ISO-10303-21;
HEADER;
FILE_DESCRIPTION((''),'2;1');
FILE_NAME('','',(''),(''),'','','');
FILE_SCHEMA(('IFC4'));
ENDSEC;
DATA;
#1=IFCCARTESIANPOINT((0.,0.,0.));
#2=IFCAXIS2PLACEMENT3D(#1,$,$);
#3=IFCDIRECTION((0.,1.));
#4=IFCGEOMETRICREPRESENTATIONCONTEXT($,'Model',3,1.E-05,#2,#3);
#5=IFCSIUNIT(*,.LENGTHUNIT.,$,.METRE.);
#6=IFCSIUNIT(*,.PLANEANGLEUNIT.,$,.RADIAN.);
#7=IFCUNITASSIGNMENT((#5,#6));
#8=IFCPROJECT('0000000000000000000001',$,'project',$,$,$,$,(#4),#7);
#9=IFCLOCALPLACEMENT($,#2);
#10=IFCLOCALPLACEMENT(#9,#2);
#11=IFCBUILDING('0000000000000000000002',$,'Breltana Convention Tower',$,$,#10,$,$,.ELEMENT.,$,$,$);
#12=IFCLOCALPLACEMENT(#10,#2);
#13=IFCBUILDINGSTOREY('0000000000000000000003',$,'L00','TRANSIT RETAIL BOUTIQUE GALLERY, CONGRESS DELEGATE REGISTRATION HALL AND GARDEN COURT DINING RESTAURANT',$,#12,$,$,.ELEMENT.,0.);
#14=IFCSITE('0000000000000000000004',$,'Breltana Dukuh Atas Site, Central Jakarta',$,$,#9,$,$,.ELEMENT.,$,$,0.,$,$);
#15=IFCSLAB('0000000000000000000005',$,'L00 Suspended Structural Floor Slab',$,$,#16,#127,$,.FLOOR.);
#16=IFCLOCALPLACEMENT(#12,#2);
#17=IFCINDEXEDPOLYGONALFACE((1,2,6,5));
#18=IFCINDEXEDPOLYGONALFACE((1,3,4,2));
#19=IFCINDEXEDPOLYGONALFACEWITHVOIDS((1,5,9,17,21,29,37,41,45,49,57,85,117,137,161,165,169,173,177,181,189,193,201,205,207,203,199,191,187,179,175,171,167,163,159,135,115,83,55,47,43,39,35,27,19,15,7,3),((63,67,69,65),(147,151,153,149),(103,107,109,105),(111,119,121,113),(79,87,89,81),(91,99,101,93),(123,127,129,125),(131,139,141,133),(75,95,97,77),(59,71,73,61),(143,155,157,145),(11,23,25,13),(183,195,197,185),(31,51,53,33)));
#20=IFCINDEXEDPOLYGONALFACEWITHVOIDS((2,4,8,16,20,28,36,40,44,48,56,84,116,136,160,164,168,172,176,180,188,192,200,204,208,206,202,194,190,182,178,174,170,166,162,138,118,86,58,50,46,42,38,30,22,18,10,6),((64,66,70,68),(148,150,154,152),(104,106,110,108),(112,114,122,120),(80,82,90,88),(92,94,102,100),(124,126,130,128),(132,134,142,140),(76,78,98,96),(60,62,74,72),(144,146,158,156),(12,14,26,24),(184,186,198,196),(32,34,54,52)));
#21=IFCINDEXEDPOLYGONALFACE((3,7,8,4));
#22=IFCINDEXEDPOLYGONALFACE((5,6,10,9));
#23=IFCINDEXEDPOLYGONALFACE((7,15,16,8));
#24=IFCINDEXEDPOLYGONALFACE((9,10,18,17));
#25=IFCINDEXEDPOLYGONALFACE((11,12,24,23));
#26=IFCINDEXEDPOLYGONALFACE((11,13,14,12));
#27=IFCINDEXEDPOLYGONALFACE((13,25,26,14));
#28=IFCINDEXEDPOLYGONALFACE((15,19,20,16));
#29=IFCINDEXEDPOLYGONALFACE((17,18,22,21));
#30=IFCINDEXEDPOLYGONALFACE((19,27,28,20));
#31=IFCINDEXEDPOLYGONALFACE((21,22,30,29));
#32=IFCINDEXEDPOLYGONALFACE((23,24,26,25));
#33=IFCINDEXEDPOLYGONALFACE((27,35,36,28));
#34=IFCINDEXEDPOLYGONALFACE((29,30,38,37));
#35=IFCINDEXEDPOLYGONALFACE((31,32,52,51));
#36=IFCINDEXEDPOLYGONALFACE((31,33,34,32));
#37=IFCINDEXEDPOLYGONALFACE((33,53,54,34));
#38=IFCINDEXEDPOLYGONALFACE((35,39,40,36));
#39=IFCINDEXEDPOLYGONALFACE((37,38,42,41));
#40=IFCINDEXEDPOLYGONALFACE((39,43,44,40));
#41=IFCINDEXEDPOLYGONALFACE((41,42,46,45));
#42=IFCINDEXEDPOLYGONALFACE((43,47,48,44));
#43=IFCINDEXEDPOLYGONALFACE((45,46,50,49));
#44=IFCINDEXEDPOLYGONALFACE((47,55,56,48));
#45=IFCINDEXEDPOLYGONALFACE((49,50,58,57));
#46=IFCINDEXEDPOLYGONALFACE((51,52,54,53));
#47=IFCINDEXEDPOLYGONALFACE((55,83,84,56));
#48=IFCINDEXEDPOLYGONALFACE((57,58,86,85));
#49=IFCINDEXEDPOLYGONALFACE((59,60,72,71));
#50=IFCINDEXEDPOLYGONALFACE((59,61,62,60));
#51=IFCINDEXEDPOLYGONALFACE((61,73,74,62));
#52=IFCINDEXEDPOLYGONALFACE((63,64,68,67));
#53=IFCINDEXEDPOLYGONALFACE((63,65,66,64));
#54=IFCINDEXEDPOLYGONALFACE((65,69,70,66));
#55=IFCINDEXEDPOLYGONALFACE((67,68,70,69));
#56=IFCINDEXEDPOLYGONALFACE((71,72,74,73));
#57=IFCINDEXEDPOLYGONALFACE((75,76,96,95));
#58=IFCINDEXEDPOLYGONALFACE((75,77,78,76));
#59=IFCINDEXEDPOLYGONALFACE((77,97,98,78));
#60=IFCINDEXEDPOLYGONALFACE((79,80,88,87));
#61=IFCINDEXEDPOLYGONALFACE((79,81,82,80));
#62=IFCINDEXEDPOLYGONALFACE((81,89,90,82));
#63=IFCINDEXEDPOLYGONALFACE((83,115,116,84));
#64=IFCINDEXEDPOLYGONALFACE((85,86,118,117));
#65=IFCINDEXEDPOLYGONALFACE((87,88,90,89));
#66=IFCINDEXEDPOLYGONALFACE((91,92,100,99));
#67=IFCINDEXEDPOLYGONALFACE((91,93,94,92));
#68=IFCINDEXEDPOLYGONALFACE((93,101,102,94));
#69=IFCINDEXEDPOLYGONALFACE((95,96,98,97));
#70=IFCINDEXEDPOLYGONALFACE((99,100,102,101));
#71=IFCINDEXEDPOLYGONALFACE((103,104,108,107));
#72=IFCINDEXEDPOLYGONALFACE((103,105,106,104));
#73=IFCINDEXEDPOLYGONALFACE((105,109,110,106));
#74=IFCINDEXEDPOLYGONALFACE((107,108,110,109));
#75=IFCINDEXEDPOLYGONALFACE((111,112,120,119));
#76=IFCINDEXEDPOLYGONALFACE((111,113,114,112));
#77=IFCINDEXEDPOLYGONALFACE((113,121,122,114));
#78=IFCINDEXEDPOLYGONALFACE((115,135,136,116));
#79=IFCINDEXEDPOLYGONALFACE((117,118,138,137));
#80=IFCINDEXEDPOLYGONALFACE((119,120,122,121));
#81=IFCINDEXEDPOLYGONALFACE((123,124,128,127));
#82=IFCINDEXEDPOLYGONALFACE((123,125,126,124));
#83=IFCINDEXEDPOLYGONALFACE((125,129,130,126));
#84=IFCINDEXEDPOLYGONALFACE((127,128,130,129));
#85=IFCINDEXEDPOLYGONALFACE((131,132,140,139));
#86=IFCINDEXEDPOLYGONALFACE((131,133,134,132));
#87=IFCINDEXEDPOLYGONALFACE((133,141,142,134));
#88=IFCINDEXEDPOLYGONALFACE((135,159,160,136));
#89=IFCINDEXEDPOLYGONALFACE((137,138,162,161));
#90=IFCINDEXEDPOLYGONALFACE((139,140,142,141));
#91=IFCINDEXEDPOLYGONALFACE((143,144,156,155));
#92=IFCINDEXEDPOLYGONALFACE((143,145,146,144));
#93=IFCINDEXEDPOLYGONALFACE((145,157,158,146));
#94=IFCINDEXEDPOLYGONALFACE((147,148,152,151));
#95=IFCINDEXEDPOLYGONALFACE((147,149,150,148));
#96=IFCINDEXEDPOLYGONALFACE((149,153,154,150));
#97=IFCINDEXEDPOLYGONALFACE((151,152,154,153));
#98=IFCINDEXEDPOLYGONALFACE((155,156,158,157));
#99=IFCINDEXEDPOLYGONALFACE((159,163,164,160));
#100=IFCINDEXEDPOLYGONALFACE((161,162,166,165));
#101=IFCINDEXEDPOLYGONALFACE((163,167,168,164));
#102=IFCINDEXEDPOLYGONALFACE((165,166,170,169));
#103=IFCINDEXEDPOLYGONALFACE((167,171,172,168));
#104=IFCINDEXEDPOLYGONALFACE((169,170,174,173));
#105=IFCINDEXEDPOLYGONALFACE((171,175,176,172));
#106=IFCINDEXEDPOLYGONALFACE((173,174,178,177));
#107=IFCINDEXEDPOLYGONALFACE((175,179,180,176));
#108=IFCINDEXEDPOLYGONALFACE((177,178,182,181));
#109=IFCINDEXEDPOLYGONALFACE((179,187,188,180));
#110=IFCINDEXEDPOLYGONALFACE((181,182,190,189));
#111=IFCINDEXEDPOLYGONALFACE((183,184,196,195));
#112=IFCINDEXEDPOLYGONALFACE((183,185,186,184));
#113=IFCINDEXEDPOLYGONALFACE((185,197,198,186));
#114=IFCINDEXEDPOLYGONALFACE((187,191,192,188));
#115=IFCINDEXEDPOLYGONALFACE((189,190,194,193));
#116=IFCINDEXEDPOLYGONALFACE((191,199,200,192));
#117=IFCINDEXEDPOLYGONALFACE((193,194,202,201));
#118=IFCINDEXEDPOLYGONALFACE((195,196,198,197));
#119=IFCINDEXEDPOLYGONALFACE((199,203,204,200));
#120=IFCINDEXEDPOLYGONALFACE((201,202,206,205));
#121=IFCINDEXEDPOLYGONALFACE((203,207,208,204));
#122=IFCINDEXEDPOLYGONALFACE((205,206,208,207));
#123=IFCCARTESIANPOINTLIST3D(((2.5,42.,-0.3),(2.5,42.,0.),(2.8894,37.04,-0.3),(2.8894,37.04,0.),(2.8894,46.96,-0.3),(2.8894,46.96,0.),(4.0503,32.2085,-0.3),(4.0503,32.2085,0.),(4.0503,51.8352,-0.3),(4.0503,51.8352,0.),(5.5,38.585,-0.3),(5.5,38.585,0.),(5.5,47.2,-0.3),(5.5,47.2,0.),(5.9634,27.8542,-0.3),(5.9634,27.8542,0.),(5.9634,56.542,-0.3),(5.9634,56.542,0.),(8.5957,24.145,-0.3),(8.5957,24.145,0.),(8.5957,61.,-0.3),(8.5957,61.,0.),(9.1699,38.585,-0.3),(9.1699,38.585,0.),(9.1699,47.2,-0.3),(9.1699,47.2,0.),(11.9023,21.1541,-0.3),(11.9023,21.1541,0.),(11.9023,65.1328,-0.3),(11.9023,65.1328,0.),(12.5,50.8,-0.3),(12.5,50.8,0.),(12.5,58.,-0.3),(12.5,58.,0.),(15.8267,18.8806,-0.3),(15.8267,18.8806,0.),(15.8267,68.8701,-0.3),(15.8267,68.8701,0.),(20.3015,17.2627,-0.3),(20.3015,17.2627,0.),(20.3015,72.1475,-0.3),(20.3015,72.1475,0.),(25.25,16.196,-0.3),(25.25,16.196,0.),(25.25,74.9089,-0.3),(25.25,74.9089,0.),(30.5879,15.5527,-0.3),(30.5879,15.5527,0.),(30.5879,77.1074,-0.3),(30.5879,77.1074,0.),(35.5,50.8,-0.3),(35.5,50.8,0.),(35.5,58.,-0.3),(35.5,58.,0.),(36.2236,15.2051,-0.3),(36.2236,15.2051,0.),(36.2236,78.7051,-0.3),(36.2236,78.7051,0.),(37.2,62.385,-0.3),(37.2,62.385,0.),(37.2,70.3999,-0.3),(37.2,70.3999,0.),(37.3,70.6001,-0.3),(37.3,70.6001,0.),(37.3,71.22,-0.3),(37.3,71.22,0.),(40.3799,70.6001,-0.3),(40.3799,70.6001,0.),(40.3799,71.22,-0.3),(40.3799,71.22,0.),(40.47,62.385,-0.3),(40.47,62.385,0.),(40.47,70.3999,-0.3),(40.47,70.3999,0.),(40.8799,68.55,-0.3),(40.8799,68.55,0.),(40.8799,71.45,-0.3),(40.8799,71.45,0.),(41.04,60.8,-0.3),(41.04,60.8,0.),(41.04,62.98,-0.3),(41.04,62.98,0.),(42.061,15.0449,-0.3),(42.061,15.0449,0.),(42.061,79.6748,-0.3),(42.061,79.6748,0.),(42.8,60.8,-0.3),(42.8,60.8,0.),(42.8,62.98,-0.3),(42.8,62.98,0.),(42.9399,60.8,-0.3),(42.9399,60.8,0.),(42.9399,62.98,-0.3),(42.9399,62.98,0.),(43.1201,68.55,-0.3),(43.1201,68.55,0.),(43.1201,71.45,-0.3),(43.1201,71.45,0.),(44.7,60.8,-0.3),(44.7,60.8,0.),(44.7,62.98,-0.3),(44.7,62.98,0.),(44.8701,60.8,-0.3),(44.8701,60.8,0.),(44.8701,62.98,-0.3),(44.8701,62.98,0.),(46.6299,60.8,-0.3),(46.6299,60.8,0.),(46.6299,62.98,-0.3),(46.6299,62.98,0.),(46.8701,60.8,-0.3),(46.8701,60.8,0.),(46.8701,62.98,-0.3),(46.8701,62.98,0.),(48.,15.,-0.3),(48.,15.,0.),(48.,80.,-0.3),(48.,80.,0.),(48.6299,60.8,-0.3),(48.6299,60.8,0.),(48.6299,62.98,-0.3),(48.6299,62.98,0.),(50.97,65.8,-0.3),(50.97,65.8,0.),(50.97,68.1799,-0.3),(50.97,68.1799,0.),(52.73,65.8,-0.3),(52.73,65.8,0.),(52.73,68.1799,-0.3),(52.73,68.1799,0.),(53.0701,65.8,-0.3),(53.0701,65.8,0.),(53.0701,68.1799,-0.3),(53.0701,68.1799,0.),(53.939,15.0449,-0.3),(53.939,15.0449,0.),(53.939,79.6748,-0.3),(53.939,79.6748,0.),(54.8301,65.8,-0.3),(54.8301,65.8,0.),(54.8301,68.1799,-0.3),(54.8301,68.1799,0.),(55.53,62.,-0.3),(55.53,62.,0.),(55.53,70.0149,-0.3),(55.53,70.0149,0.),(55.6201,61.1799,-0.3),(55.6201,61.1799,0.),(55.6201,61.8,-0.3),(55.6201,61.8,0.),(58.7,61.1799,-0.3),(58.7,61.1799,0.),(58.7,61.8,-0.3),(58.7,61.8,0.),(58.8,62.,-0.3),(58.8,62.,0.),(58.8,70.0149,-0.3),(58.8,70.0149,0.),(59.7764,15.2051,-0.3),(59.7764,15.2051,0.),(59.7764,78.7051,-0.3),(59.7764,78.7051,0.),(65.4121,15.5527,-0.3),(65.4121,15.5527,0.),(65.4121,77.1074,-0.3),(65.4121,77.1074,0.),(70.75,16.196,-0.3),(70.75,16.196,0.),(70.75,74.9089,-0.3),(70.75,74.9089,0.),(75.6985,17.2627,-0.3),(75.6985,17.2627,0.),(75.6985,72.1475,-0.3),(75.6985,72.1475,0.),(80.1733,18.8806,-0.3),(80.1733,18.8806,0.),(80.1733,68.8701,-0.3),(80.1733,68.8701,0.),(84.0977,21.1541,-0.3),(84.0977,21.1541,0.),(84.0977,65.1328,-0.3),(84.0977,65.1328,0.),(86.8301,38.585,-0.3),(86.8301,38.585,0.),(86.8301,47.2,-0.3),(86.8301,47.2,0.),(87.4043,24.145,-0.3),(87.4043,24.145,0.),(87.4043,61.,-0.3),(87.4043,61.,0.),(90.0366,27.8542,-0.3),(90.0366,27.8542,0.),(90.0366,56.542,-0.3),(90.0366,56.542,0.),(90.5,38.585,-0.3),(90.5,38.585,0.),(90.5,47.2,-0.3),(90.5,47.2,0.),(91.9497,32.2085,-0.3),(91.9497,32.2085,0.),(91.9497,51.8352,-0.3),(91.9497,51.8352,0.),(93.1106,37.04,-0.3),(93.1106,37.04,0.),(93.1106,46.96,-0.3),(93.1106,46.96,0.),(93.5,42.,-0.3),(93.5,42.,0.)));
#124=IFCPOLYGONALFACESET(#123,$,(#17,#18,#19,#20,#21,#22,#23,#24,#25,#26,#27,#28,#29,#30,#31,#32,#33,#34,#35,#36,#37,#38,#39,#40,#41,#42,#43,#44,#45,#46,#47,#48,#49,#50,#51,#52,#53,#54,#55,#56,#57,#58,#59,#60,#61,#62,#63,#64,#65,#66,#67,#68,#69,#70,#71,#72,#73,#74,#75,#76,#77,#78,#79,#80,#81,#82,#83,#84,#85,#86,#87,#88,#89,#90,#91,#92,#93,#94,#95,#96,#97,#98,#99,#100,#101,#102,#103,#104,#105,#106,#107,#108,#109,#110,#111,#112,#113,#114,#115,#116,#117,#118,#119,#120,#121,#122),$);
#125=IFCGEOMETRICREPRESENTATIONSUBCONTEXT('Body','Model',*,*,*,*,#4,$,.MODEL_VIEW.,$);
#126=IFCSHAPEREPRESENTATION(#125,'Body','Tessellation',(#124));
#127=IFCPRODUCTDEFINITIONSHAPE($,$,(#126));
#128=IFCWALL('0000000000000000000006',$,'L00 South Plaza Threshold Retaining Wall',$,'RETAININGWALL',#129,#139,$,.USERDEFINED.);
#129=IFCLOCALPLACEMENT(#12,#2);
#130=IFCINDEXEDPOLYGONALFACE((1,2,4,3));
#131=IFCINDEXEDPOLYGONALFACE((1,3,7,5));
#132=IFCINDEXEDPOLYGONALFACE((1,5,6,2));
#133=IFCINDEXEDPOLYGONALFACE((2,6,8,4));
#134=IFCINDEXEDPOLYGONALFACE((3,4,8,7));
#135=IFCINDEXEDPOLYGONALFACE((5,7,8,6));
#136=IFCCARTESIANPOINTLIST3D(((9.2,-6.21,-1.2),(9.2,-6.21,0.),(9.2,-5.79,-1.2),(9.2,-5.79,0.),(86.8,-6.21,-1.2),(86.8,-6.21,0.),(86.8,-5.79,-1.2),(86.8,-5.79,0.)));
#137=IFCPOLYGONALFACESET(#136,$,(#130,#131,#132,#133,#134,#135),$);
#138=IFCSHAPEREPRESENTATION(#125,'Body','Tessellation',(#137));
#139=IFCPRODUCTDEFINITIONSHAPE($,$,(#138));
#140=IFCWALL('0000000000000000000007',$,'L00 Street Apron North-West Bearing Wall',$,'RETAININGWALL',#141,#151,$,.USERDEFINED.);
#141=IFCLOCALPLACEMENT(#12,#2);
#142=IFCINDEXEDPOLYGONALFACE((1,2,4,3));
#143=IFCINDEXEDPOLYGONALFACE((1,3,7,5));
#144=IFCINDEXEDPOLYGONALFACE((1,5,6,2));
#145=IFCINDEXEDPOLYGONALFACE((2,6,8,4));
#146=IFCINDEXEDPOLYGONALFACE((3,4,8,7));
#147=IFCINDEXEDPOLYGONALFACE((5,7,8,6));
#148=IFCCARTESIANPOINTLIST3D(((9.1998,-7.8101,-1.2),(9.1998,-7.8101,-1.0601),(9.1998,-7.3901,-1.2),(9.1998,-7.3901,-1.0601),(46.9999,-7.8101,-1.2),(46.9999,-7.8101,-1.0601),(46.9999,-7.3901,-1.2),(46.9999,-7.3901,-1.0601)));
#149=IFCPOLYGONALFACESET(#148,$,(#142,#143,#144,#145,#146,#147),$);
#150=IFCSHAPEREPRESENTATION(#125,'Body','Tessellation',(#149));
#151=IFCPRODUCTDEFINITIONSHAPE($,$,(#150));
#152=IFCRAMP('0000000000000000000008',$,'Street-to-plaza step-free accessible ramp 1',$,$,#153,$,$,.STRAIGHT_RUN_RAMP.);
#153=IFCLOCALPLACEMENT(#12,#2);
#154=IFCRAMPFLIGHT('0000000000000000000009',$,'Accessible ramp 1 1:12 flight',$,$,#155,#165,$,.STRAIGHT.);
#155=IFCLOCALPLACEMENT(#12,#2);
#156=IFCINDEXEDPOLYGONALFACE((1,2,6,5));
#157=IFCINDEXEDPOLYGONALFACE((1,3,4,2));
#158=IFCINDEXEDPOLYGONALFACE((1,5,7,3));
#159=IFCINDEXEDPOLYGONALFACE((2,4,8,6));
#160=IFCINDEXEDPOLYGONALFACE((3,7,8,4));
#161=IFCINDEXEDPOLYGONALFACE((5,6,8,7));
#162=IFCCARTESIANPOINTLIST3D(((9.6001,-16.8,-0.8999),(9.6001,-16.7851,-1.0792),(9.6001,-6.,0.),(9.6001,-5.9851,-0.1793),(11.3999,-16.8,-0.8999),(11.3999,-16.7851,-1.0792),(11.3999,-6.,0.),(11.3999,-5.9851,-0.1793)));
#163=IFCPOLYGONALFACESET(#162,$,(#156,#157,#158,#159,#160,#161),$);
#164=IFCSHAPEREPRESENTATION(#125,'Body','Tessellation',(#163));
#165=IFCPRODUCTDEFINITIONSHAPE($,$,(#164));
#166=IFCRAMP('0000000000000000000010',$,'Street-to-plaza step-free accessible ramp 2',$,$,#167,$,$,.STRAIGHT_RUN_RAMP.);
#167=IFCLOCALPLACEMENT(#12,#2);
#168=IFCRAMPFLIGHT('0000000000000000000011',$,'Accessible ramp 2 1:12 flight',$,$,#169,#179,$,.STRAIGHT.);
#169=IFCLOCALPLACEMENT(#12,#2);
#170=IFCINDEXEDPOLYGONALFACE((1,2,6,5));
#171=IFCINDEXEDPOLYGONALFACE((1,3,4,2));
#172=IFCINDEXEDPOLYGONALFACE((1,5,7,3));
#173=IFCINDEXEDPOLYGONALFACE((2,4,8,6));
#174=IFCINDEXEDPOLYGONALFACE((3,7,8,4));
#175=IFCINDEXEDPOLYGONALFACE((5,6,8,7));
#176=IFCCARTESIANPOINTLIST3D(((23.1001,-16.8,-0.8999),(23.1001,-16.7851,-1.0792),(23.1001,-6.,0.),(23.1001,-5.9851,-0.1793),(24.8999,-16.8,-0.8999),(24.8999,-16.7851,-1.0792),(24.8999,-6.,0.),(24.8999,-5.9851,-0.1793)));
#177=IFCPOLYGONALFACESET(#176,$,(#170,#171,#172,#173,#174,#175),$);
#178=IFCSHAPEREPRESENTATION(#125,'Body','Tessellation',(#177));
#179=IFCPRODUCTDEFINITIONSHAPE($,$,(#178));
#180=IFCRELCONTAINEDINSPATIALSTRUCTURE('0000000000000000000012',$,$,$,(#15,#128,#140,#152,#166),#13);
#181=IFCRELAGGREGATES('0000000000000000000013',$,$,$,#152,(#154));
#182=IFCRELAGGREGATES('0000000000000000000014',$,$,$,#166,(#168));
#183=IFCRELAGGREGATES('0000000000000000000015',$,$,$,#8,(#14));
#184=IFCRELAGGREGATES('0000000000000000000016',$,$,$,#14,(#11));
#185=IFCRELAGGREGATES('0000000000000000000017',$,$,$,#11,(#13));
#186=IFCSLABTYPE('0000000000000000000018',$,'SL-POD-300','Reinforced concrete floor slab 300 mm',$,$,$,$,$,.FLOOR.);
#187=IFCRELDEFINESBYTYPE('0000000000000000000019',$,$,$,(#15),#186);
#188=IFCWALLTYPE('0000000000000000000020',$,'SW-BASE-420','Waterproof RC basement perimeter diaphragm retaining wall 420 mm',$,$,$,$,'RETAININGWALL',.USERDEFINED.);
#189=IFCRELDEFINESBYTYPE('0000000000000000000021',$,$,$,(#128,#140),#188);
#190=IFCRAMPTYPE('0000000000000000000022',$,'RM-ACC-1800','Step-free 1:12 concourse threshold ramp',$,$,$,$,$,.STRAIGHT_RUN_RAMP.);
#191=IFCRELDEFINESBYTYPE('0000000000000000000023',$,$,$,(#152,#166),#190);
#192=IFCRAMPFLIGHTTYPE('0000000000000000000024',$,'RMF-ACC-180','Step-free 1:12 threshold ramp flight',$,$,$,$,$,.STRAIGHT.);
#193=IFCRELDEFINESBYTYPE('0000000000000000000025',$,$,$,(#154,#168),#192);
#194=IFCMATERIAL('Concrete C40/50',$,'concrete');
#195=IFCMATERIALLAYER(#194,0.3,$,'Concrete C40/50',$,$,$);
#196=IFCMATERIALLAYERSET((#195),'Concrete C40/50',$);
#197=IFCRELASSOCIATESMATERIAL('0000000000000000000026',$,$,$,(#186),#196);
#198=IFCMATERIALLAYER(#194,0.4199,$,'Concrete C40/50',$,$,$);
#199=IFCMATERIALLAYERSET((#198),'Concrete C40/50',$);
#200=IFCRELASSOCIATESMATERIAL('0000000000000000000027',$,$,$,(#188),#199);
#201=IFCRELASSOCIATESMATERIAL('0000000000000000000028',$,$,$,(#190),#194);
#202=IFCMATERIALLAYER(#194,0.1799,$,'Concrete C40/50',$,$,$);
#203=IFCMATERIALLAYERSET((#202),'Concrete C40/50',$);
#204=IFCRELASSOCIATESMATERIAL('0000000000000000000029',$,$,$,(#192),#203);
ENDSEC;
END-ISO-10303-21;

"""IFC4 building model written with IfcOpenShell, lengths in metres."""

from ifc_helpers import new_model, si_unit, direction, frame, frame_2d, origin, place, context, subcontext, project, spatial, polyline, rectangle, outline, extrude, source, transform, mapped, material, layer, layer_set, type_object, type_shapes, element, aggregate, save


model = new_model("IFC4")

# Units and contexts
model_context = context("Model", 3, precision=1e-05, world=origin(), true_north=direction((0.0, 1.0)))
body_context = subcontext(model_context, "Body", "Model", "MODEL_VIEW")
ifc_project = project(units=[si_unit("LENGTHUNIT", "METRE"), si_unit("PLANEANGLEUNIT", "RADIAN")], contexts=[model_context])

# Site, building, storey
site_placement = place(None, origin())
site = spatial("IfcSite", under=ifc_project, at=site_placement, Name="Breltana Dukuh Atas Site, Central Jakarta", CompositionType="ELEMENT", RefElevation=0.0)
building_placement = place(site_placement, origin())
building = spatial("IfcBuilding", under=site, at=building_placement, Name="Breltana Convention Tower", CompositionType="ELEMENT")
storey_placement = place(building_placement, origin())
storey = spatial("IfcBuildingStorey", under=building, at=storey_placement, Name="L00", Description="TRANSIT RETAIL BOUTIQUE GALLERY, CONGRESS DELEGATE REGISTRATION HALL AND GARDEN COURT DINING RESTAURANT", CompositionType="ELEMENT", Elevation=0.0)

# Shared definitions
ifc_material_1 = material(Name="Concrete C40/50", Category="concrete")

# Slab
ifc_layer_1 = layer(ifc_material_1, 0.3, Name="Concrete C40/50")
ifc_layer_set_1 = layer_set([ifc_layer_1], Name="Concrete C40/50")
slab_type_1 = type_object("IfcSlabType", Name="SL-POD-300", Description="Reinforced concrete floor slab 300 mm", PredefinedType="FLOOR", material=ifc_layer_set_1)
slab_1_placement = place(storey_placement, frame((0.0, 0.0, -0.3)))
element("IfcSlab", 1, at=slab_1_placement, inside=storey, type_object=slab_type_1, Name="L00 Suspended Structural Floor Slab", PredefinedType="FLOOR", context=body_context, shape_type="SweptSolid", body=[
    extrude(outline(polyline([(93.5, 42.0), (93.1106, 46.96), (91.9497, 51.8352), (90.0366, 56.542), (87.4043, 61.0), (84.0977, 65.1328), (80.1733, 68.8701), (75.6985, 72.1475), (70.75, 74.9089), (65.4121, 77.1074), (59.7764, 78.7051), (53.939, 79.6748), (48.0, 80.0), (42.061, 79.6748), (36.2236, 78.7051), (30.5879, 77.1074), (25.25, 74.9089), (20.3015, 72.1475), (15.8267, 68.8701), (11.9023, 65.1328), (8.5957, 61.0), (5.9634, 56.542), (4.0503, 51.8352), (2.8894, 46.96), (2.5, 42.0), (2.8894, 37.04), (4.0503, 32.2085), (5.9634, 27.8542), (8.5957, 24.145), (11.9023, 21.1541), (15.8267, 18.8806), (20.3015, 17.2627), (25.25, 16.196), (30.5879, 15.5527), (36.2236, 15.2051), (42.061, 15.0449), (48.0, 15.0), (53.939, 15.0449), (59.7764, 15.2051), (65.4121, 15.5527), (70.75, 16.196), (75.6985, 17.2627), (80.1733, 18.8806), (84.0977, 21.1541), (87.4043, 24.145), (90.0366, 27.8542), (91.9497, 32.2085), (93.1106, 37.04), (93.5, 42.0)]), holes=[polyline([(37.2, 62.385), (40.47, 62.385), (40.47, 70.3999), (37.2, 70.3999), (37.2, 62.385)]), polyline([(55.53, 62.0), (58.8, 62.0), (58.8, 70.0149), (55.53, 70.0149), (55.53, 62.0)]), polyline([(5.5, 38.585), (9.1699, 38.585), (9.1699, 47.2), (5.5, 47.2), (5.5, 38.585)]), polyline([(86.8301, 38.585), (90.5, 38.585), (90.5, 47.2), (86.8301, 47.2), (86.8301, 38.585)]), polyline([(41.04, 60.8), (42.8, 60.8), (42.8, 62.98), (41.04, 62.98), (41.04, 60.8)]), polyline([(42.9399, 60.8), (44.7, 60.8), (44.7, 62.98), (42.9399, 62.98), (42.9399, 60.8)]), polyline([(44.8701, 60.8), (46.6299, 60.8), (46.6299, 62.98), (44.8701, 62.98), (44.8701, 60.8)]), polyline([(46.8701, 60.8), (48.6299, 60.8), (48.6299, 62.98), (46.8701, 62.98), (46.8701, 60.8)]), polyline([(50.97, 65.8), (52.73, 65.8), (52.73, 68.1799), (50.97, 68.1799), (50.97, 65.8)]), polyline([(53.0701, 65.8), (54.8301, 65.8), (54.8301, 68.1799), (53.0701, 68.1799), (53.0701, 65.8)]), polyline([(40.8799, 68.55), (43.1201, 68.55), (43.1201, 71.45), (40.8799, 71.45), (40.8799, 68.55)]), polyline([(37.3, 70.6001), (40.3799, 70.6001), (40.3799, 71.22), (37.3, 71.22), (37.3, 70.6001)]), polyline([(55.6201, 61.1799), (58.7, 61.1799), (58.7, 61.8), (55.6201, 61.8), (55.6201, 61.1799)]), polyline([(12.5, 50.8), (35.5, 50.8), (35.5, 58.0), (12.5, 58.0), (12.5, 50.8)])]), origin(), (0.0, 0.0, 1.0), 0.3),
])

# Walls
ifc_layer_2 = layer(ifc_material_1, 0.4199, Name="Concrete C40/50")
ifc_layer_set_2 = layer_set([ifc_layer_2], Name="Concrete C40/50")
wall_type = type_object("IfcWallType", Name="SW-BASE-420", Description="Waterproof RC basement perimeter diaphragm retaining wall 420 mm", ElementType="RETAININGWALL", PredefinedType="USERDEFINED", material=ifc_layer_set_2)
shared_shape_1 = source(origin(), body_context, "Body", "SweptSolid", [
    extrude(rectangle(XDim=77.6001, YDim=0.4199, at=frame_2d((38.8, 0.0))), origin(), (0.0, 0.0, 1.0), 1.2),
])
type_shapes(wall_type, [shared_shape_1])
wall_1_placement = place(storey_placement, frame((9.2, -6.0, -1.2), z_axis=(0.0, 0.0, 1.0), x_axis=(1.0, 0.0, 0.0)))
element("IfcWall", 2, at=wall_1_placement, inside=storey, type_object=wall_type, Name="L00 South Plaza Threshold Retaining Wall", ObjectType="RETAININGWALL", PredefinedType="USERDEFINED", context=body_context, shape_type="MappedRepresentation", body=[
    mapped(shared_shape_1, transform((0.0, 0.0, 0.0), scale=1.0)),
])
shared_shape_2 = source(origin(), body_context, "Body", "SweptSolid", [
    extrude(rectangle(XDim=37.8, YDim=0.4199, at=frame_2d((18.8999, 0.0))), origin(), (0.0, 0.0, 1.0), 0.1399),
])
wall_2_placement = place(storey_placement, frame((9.2, -7.6001, -1.2), z_axis=(0.0, 0.0, 1.0), x_axis=(1.0, 0.0, 0.0)))
element("IfcWall", 3, at=wall_2_placement, inside=storey, type_object=wall_type, Name="L00 Street Apron North-West Bearing Wall", ObjectType="RETAININGWALL", PredefinedType="USERDEFINED", context=body_context, shape_type="MappedRepresentation", body=[
    mapped(shared_shape_2, transform((0.0, 0.0, 0.0), scale=1.0)),
])

# Ramps, ramp flights
ramp_type = type_object("IfcRampType", Name="RM-ACC-1800", Description="Step-free 1:12 concourse threshold ramp", PredefinedType="STRAIGHT_RUN_RAMP", material=ifc_material_1)
ramp_1_placement = place(storey_placement, origin())
ramp_1 = element("IfcRamp", 4, at=ramp_1_placement, inside=storey, type_object=ramp_type, Name="Street-to-plaza step-free accessible ramp 1", PredefinedType="STRAIGHT_RUN_RAMP")
ifc_layer_3 = layer(ifc_material_1, 0.1799, Name="Concrete C40/50")
ifc_layer_set_3 = layer_set([ifc_layer_3], Name="Concrete C40/50")
ramp_flight_type = type_object("IfcRampFlightType", Name="RMF-ACC-180", Description="Step-free 1:12 threshold ramp flight", PredefinedType="STRAIGHT", material=ifc_layer_set_3)
ramp_flight_1_placement = place(storey_placement, frame((9.6001, -16.8, -0.8999), z_axis=(0.0, -0.083036, 0.996547), x_axis=(1.0, 0.0, 0.0)))
ramp_flight_1 = element("IfcRampFlight", 5, at=ramp_flight_1_placement, type_object=ramp_flight_type, Name="Accessible ramp 1 1:12 flight", PredefinedType="STRAIGHT", context=body_context, shape_type="SweptSolid", body=[
    extrude(outline(polyline([(0.0, 0.0), (1.7998, 0.0), (1.7998, 10.8375), (0.0, 10.8375), (0.0, 0.0)])), origin(), (0.0, 0.0, -1.0), 0.1799),
])
aggregate(ramp_1, [ramp_flight_1])
ramp_2_placement = place(storey_placement, origin())
ramp_2 = element("IfcRamp", 6, at=ramp_2_placement, inside=storey, type_object=ramp_type, Name="Street-to-plaza step-free accessible ramp 2", PredefinedType="STRAIGHT_RUN_RAMP")
ramp_flight_2_placement = place(storey_placement, frame((23.1001, -16.8, -0.8999), z_axis=(0.0, -0.083036, 0.996547), x_axis=(1.0, 0.0, 0.0)))
ramp_flight_2 = element("IfcRampFlight", 7, at=ramp_flight_2_placement, type_object=ramp_flight_type, Name="Accessible ramp 2 1:12 flight", PredefinedType="STRAIGHT", context=body_context, shape_type="SweptSolid", body=[
    extrude(outline(polyline([(0.0, 0.0), (1.7998, 0.0), (1.7998, 10.8375), (0.0, 10.8375), (0.0, 0.0)])), origin(), (0.0, 0.0, -1.0), 0.1799),
])
aggregate(ramp_2, [ramp_flight_2])

save(model, "model.ifc")
